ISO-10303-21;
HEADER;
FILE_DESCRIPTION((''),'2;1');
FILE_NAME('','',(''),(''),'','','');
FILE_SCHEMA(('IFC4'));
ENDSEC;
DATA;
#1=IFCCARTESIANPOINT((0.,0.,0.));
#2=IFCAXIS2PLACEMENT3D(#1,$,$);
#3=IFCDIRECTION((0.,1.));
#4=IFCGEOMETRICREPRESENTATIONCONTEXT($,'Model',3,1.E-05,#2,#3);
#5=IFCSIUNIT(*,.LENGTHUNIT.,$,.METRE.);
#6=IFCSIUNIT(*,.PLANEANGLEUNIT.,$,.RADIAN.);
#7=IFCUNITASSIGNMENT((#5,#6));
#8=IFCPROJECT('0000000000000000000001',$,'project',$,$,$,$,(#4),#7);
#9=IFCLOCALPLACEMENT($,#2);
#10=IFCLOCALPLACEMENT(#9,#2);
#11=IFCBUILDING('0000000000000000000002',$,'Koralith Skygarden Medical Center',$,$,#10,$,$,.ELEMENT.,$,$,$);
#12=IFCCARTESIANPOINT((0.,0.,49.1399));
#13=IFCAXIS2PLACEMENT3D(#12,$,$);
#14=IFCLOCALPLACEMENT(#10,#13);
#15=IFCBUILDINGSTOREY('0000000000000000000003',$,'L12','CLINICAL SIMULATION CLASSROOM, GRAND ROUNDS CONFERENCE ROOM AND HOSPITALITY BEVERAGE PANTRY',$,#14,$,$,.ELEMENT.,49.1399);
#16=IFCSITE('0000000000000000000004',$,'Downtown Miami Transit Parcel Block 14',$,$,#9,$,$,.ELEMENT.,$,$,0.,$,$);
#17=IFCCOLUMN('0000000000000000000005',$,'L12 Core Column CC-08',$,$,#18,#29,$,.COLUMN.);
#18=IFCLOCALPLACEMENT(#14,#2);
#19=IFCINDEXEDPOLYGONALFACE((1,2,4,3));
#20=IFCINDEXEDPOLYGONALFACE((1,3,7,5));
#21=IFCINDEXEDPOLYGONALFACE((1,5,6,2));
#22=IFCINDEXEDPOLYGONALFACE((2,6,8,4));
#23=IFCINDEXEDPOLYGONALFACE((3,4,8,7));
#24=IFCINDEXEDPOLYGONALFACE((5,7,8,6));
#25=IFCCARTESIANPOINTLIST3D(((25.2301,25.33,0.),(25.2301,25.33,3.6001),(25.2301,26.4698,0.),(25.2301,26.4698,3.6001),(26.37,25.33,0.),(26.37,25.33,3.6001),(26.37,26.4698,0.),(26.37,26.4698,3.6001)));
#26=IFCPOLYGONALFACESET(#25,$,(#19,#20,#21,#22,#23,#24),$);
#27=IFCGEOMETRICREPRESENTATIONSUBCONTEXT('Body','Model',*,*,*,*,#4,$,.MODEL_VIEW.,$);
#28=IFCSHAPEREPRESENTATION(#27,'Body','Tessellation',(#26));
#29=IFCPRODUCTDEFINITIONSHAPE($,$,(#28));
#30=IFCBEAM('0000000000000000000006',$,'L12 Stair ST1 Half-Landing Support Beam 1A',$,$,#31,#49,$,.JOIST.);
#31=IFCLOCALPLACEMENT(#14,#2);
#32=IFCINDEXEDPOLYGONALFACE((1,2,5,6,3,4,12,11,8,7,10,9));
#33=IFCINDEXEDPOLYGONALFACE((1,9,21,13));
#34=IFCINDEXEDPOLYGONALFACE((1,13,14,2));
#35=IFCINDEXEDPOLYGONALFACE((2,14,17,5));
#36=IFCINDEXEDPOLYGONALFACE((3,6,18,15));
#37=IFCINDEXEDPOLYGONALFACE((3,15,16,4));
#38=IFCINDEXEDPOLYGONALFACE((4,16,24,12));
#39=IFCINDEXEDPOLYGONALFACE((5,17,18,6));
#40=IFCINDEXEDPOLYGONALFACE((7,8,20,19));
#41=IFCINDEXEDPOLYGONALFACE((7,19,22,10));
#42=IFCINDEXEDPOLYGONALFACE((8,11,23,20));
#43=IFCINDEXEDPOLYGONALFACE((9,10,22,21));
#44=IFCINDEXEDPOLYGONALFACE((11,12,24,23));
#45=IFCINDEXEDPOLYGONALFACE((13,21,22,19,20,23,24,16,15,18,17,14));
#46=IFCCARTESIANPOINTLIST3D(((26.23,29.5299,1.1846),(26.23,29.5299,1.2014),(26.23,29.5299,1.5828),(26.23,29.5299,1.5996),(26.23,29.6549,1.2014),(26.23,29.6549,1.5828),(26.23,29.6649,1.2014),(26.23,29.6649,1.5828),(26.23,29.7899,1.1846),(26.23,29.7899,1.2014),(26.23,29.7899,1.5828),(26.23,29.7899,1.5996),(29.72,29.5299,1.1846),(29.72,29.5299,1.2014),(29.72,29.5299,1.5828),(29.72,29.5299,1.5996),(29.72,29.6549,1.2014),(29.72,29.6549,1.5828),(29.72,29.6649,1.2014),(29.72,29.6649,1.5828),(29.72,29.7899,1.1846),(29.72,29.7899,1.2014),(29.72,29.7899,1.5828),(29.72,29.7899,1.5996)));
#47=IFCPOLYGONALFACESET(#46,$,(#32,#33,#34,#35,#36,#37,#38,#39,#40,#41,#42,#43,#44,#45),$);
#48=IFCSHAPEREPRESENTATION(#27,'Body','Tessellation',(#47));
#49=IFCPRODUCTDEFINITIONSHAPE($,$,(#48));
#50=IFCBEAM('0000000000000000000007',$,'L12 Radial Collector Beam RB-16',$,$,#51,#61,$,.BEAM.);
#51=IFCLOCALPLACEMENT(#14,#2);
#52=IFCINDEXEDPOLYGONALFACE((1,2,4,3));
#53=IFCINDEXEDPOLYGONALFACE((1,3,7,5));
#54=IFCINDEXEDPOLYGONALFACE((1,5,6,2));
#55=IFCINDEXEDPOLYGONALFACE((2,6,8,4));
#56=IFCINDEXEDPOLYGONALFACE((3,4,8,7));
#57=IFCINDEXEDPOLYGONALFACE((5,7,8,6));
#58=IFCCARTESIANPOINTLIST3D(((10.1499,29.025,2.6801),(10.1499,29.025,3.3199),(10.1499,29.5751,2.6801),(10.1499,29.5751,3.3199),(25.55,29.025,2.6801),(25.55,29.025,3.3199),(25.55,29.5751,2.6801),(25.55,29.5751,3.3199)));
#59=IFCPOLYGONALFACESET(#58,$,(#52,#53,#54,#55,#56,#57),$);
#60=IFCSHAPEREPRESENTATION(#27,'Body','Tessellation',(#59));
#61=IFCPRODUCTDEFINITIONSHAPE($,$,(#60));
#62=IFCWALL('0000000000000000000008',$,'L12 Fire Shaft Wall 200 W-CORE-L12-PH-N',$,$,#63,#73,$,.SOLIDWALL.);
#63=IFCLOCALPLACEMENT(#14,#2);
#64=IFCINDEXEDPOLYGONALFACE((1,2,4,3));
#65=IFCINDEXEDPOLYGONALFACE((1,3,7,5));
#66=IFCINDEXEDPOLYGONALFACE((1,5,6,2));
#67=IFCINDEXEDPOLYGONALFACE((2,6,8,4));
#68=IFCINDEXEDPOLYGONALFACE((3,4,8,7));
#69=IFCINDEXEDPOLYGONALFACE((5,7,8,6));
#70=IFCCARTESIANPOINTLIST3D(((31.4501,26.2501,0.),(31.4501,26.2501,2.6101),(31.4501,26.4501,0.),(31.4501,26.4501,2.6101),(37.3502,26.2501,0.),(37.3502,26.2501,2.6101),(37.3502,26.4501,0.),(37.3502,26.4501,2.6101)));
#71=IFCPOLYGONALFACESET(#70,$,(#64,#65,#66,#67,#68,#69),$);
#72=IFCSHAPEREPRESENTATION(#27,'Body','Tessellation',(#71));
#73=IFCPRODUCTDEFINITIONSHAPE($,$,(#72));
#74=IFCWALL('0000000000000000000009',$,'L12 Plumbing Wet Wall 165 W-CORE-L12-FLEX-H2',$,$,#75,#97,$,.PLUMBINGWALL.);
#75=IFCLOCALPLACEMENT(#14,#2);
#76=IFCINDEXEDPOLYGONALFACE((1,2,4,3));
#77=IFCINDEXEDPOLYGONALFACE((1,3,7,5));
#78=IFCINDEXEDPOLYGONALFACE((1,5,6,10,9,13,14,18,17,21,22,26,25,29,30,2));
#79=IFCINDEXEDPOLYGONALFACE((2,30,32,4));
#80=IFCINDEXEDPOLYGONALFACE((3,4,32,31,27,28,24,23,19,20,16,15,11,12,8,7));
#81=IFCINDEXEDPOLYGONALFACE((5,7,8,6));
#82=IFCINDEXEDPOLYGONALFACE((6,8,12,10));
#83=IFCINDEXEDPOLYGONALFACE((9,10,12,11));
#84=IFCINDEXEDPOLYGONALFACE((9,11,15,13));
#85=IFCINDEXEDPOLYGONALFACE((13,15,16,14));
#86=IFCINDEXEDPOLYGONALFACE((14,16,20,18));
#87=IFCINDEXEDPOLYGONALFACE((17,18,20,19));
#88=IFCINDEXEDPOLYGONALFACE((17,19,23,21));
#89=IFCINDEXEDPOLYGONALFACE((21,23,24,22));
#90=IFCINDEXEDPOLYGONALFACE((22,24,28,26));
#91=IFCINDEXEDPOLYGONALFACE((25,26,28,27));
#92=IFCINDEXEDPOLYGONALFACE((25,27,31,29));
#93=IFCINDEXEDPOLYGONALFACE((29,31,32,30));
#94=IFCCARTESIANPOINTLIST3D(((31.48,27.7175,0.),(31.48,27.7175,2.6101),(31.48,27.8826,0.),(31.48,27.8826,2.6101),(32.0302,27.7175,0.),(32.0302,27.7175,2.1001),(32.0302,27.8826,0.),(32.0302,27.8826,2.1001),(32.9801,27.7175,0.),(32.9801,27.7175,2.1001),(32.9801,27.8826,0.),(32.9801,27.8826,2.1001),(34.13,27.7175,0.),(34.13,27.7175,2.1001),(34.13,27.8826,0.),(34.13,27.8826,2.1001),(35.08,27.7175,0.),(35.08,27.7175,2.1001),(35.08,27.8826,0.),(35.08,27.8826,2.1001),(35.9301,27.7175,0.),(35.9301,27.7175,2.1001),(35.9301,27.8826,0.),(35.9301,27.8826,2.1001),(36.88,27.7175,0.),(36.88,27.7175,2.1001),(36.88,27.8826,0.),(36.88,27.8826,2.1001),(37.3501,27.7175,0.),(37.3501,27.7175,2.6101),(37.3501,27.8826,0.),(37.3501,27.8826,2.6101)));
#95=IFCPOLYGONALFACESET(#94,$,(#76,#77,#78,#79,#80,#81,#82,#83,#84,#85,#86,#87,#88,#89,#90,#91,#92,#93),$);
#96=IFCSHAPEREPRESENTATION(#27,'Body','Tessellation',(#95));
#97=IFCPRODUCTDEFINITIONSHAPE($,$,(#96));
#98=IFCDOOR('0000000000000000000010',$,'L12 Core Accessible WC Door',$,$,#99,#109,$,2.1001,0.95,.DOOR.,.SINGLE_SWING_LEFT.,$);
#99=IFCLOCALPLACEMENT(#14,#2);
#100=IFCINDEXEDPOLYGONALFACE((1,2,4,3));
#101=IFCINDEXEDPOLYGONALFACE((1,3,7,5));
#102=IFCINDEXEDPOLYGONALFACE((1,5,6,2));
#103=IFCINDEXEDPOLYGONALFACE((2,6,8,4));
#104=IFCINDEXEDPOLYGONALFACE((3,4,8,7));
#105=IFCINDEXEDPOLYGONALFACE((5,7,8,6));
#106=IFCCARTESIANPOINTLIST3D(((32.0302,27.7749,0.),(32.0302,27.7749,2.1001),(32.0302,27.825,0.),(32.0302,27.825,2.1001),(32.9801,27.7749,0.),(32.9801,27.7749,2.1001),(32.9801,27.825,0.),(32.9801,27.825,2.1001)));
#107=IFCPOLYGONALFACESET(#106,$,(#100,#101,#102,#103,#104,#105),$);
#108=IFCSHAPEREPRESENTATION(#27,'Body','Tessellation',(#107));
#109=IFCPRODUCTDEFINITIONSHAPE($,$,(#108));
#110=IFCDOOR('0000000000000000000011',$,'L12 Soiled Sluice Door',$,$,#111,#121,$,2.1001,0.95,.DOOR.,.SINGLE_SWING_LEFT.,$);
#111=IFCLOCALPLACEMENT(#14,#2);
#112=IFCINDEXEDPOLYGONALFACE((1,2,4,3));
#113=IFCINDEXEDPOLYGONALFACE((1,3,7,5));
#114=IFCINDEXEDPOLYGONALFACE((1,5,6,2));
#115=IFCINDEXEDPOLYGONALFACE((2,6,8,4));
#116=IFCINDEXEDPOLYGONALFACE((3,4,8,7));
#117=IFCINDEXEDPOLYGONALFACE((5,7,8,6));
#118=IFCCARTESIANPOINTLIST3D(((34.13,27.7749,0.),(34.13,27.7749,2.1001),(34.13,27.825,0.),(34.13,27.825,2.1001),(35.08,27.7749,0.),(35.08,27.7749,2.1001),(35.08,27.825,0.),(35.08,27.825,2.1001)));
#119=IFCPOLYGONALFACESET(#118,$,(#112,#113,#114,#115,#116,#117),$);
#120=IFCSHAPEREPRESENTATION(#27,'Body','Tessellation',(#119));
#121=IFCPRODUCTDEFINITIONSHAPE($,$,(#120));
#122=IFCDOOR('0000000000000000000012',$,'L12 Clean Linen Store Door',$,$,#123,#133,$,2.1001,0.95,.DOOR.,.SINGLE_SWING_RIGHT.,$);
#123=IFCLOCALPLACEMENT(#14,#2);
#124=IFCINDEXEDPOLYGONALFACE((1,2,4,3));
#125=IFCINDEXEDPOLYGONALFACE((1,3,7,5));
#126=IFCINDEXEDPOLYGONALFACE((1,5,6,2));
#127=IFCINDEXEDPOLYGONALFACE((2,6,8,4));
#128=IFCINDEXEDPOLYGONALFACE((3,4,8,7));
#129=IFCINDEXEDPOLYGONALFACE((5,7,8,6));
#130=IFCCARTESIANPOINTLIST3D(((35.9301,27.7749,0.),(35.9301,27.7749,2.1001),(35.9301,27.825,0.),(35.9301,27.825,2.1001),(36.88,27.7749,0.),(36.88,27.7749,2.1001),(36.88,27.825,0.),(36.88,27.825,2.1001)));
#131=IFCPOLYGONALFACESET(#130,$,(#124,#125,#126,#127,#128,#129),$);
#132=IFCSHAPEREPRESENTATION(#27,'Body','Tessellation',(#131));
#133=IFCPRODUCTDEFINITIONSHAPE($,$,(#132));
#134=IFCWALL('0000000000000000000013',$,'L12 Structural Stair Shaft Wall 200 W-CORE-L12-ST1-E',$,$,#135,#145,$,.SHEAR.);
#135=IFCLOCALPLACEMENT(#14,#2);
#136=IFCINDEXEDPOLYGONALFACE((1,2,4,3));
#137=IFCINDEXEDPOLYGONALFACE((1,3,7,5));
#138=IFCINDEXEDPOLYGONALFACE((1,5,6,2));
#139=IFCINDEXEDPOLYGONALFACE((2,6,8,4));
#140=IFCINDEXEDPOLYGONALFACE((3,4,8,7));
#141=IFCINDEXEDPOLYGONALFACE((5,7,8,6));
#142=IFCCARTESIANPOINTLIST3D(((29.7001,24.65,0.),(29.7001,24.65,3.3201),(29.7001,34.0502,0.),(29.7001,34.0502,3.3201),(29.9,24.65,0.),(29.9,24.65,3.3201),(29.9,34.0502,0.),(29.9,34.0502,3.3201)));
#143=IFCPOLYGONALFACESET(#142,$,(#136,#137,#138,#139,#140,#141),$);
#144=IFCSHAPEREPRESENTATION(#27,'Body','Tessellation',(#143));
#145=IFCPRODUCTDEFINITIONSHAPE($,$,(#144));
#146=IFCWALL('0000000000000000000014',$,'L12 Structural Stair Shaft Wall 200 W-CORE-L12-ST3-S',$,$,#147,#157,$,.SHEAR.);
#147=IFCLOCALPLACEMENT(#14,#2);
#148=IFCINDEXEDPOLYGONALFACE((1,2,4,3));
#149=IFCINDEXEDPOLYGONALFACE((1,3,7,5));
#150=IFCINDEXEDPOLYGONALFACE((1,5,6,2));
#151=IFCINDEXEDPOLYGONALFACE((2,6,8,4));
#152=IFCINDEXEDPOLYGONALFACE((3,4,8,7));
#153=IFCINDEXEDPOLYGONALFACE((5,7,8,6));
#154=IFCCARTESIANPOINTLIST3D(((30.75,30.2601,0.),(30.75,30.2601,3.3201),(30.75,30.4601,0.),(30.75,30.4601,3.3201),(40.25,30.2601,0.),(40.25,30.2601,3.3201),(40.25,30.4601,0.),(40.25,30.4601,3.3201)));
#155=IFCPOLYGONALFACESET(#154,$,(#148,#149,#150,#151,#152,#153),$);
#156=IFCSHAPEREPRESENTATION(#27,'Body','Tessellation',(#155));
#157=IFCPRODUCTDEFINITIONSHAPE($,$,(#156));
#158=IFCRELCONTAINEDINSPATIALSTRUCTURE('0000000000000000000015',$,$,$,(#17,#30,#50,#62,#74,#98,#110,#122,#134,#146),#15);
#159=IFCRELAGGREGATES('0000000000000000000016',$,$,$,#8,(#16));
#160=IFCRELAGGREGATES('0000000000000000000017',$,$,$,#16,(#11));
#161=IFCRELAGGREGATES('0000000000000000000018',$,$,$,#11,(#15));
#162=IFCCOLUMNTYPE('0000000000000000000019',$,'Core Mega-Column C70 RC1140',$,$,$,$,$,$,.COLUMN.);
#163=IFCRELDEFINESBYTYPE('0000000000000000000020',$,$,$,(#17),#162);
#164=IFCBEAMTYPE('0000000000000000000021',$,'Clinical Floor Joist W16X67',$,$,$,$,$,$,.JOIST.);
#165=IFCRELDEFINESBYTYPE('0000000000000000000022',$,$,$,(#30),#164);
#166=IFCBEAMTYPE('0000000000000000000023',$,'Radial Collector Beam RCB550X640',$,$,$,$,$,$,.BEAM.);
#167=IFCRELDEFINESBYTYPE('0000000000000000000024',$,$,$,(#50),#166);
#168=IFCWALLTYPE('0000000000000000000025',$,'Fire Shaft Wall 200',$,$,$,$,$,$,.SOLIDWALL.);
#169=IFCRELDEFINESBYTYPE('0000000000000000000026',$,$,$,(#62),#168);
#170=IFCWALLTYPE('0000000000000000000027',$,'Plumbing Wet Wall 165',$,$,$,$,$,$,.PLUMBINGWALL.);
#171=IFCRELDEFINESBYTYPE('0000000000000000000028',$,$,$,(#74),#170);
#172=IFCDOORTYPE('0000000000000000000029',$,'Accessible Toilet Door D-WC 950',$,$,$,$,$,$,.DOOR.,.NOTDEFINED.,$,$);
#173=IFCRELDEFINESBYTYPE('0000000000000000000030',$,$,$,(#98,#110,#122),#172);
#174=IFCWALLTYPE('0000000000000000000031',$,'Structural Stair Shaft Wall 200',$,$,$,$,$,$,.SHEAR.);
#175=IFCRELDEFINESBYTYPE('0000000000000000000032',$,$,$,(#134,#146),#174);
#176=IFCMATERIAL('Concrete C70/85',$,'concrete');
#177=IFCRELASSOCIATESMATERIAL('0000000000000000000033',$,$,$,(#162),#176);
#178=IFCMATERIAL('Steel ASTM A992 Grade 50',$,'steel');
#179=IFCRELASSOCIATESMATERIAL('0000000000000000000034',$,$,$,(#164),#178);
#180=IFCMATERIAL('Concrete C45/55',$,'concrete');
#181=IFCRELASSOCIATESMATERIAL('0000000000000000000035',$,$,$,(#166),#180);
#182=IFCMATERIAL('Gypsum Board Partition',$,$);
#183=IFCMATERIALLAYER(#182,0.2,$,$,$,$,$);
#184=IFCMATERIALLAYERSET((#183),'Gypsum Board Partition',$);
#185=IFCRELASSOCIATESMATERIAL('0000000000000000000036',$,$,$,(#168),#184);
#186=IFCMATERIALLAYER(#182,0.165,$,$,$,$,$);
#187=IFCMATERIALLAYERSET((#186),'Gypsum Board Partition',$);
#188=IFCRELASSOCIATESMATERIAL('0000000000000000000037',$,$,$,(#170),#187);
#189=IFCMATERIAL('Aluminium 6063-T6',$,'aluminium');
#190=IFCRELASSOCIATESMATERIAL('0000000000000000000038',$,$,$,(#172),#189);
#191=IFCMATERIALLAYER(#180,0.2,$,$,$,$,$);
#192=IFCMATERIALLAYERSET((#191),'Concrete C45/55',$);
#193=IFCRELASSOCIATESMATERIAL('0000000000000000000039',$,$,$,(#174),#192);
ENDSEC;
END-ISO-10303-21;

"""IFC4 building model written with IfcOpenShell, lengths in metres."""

from ifc_helpers import new_model, si_unit, direction, frame, frame_2d, origin, origin_2d, place, context, subcontext, project, spatial, rectangle, i_section, extrude, material, layer, layer_set, material_profile, profile_set, type_object, element, fill, save


model = new_model("IFC4")

# Units and contexts
model_context = context("Model", 3, precision=1e-05, world=origin(), true_north=direction((0.0, 1.0)))
body_context = subcontext(model_context, "Body", "Model", "MODEL_VIEW")
ifc_project = project(units=[si_unit("LENGTHUNIT", "METRE"), si_unit("PLANEANGLEUNIT", "RADIAN")], contexts=[model_context])

# Site, building, storey
site_placement = place(None, origin())
site = spatial("IfcSite", under=ifc_project, at=site_placement, Name="Downtown Miami Transit Parcel Block 14", CompositionType="ELEMENT", RefElevation=0.0)
building_placement = place(site_placement, origin())
building = spatial("IfcBuilding", under=site, at=building_placement, Name="Koralith Skygarden Medical Center", CompositionType="ELEMENT")
storey_placement = place(building_placement, frame((0.0, 0.0, 49.1399)))
storey = spatial("IfcBuildingStorey", under=building, at=storey_placement, Name="L12", Description="CLINICAL SIMULATION CLASSROOM, GRAND ROUNDS CONFERENCE ROOM AND HOSPITALITY BEVERAGE PANTRY", CompositionType="ELEMENT", Elevation=49.1399)

# Column
ifc_material_1 = material(Name="Concrete C70/85", Category="concrete")
ifc_material_profile_1 = material_profile(ifc_material_1, rectangle(XDim=1.1399, YDim=1.1399, at=origin_2d()), Name="RC1140X1140")
ifc_profile_set_1 = profile_set([ifc_material_profile_1], Name="Concrete C70/85")
column_type = type_object("IfcColumnType", Name="Core Mega-Column C70 RC1140", PredefinedType="COLUMN", material=ifc_profile_set_1)
column_placement = place(storey_placement, frame((25.8, 25.8999, 0.0), z_axis=(0.0, 0.0, 1.0), x_axis=(1.0, 0.0, 0.0)))
element("IfcColumn", 1, at=column_placement, inside=storey, type_object=column_type, Name="L12 Core Column CC-08", PredefinedType="COLUMN", context=body_context, shape_type="SweptSolid", body=[
    extrude(rectangle(XDim=1.1399, YDim=1.1399, at=origin_2d()), origin(), (0.0, 0.0, 1.0), 3.6001),
])

# Beams
ifc_material_2 = material(Name="Steel ASTM A992 Grade 50", Category="steel")
ifc_material_profile_2 = material_profile(ifc_material_2, i_section(OverallWidth=0.26, OverallDepth=0.415, WebThickness=0.01, FlangeThickness=0.0168, at=origin_2d()), Name="W16X67")
ifc_profile_set_2 = profile_set([ifc_material_profile_2], Name="Steel ASTM A992 Grade 50")
beam_type_1 = type_object("IfcBeamType", Name="Clinical Floor Joist W16X67", PredefinedType="JOIST", material=ifc_profile_set_2)
beam_1_placement = place(storey_placement, frame((26.23, 29.6599, 1.3921), z_axis=(1.0, 0.0, 0.0), x_axis=(0.0, 1.0, 0.0)))
element("IfcBeam", 2, at=beam_1_placement, inside=storey, type_object=beam_type_1, Name="L12 Stair ST1 Half-Landing Support Beam 1A", PredefinedType="JOIST", context=body_context, shape_type="SweptSolid", body=[
    extrude(i_section(OverallWidth=0.26, OverallDepth=0.415, WebThickness=0.01, FlangeThickness=0.0168, at=origin_2d()), origin(), (0.0, 0.0, 1.0), 3.49),
])
ifc_material_3 = material(Name="Concrete C45/55", Category="concrete")
ifc_material_profile_3 = material_profile(ifc_material_3, rectangle(XDim=0.55, YDim=0.6399, at=origin_2d()), Name="RCB550X640")
ifc_profile_set_3 = profile_set([ifc_material_profile_3], Name="Concrete C45/55")
beam_type_2 = type_object("IfcBeamType", Name="Radial Collector Beam RCB550X640", PredefinedType="BEAM", material=ifc_profile_set_3)
beam_2_placement = place(storey_placement, frame((25.55, 29.3, 3.0), z_axis=(-1.0, 0.0, 0.0), x_axis=(0.0, -1.0, 0.0)))
element("IfcBeam", 3, at=beam_2_placement, inside=storey, type_object=beam_type_2, Name="L12 Radial Collector Beam RB-16", PredefinedType="BEAM", context=body_context, shape_type="SweptSolid", body=[
    extrude(rectangle(XDim=0.55, YDim=0.6399, at=origin_2d()), origin(), (0.0, 0.0, 1.0), 15.4001),
])

# Wall
ifc_material_4 = material(Name="Gypsum Board Partition")
ifc_layer_1 = layer(ifc_material_4, 0.2)
ifc_layer_set_1 = layer_set([ifc_layer_1], Name="Gypsum Board Partition")
wall_type_1 = type_object("IfcWallType", Name="Fire Shaft Wall 200", PredefinedType="SOLIDWALL", material=ifc_layer_set_1)
wall_1_placement = place(storey_placement, frame((31.45, 26.3501, 0.0), z_axis=(0.0, 0.0, 1.0), x_axis=(1.0, 0.0, 0.0)))
element("IfcWall", 4, at=wall_1_placement, inside=storey, type_object=wall_type_1, Name="L12 Fire Shaft Wall 200 W-CORE-L12-PH-N", PredefinedType="SOLIDWALL", context=body_context, shape_type="SweptSolid", body=[
    extrude(rectangle(XDim=5.9001, YDim=0.2, at=frame_2d((2.9502, 0.0))), origin(), (0.0, 0.0, 1.0), 2.6101),
])

# Shared definitions
ifc_layer_2 = layer(ifc_material_4, 0.165)
ifc_layer_set_2 = layer_set([ifc_layer_2], Name="Gypsum Board Partition")
wall_type_2 = type_object("IfcWallType", Name="Plumbing Wet Wall 165", PredefinedType="PLUMBINGWALL", material=ifc_layer_set_2)
ifc_material_5 = material(Name="Aluminium 6063-T6", Category="aluminium")

# Wall, openings, doors
wall_2_placement = place(storey_placement, frame((31.48, 27.8, 0.0), z_axis=(0.0, 0.0, 1.0), x_axis=(1.0, 0.0, 0.0)))
wall_2 = element("IfcWall", 5, at=wall_2_placement, inside=storey, type_object=wall_type_2, Name="L12 Plumbing Wet Wall 165 W-CORE-L12-FLEX-H2", PredefinedType="PLUMBINGWALL", context=body_context, shape_type="SweptSolid", body=[
    extrude(rectangle(XDim=5.8701, YDim=0.165, at=frame_2d((2.9351, 0.0))), origin(), (0.0, 0.0, 1.0), 2.6101),
])
opening_1_placement = place(wall_2_placement, frame((0.55, 0.0, 0.0)))
opening_1 = element("IfcOpeningElement", 6, at=opening_1_placement, cuts=wall_2, PredefinedType="OPENING", context=body_context, shape_type="SweptSolid", body=[
    extrude(rectangle(XDim=0.95, YDim=2.1001, at=frame_2d((0.4751, 1.05))), frame((0.0, 0.0925, 0.0), z_axis=(0.0, -1.0, 0.0), x_axis=(1.0, 0.0, 0.0)), (0.0, 0.0, 1.0), 0.1851),
])
opening_2_placement = place(wall_2_placement, frame((2.6499, 0.0, 0.0)))
opening_2 = element("IfcOpeningElement", 7, at=opening_2_placement, cuts=wall_2, PredefinedType="OPENING", context=body_context, shape_type="SweptSolid", body=[
    extrude(rectangle(XDim=0.95, YDim=2.1001, at=frame_2d((0.4751, 1.05))), frame((0.0, 0.0925, 0.0), z_axis=(0.0, -1.0, 0.0), x_axis=(1.0, 0.0, 0.0)), (0.0, 0.0, 1.0), 0.1851),
])
opening_3_placement = place(wall_2_placement, frame((4.45, 0.0, 0.0)))
opening_3 = element("IfcOpeningElement", 8, at=opening_3_placement, cuts=wall_2, PredefinedType="OPENING", context=body_context, shape_type="SweptSolid", body=[
    extrude(rectangle(XDim=0.95, YDim=2.1001, at=frame_2d((0.4751, 1.05))), frame((0.0, 0.0925, 0.0), z_axis=(0.0, -1.0, 0.0), x_axis=(1.0, 0.0, 0.0)), (0.0, 0.0, 1.0), 0.1851),
])
door_type_1 = type_object("IfcDoorType", Name="Accessible Toilet Door D-WC 950", OperationType="NOTDEFINED", PredefinedType="DOOR", material=ifc_material_5)
door_1_placement = place(opening_1_placement, origin())
door_1 = element("IfcDoor", 9, at=door_1_placement, inside=storey, type_object=door_type_1, Name="L12 Core Accessible WC Door", OperationType="SINGLE_SWING_LEFT", OverallHeight=2.1001, OverallWidth=0.95, PredefinedType="DOOR", context=body_context, shape_type="SweptSolid", body=[
    extrude(rectangle(XDim=0.95, YDim=2.1001, at=frame_2d((0.4751, 1.05))), frame((0.0, 0.0249, 0.0), z_axis=(0.0, -1.0, 0.0), x_axis=(1.0, 0.0, 0.0)), (0.0, 0.0, 1.0), 0.05),
])
fill(opening_1, door_1)
door_2_placement = place(opening_2_placement, origin())
door_2 = element("IfcDoor", 10, at=door_2_placement, inside=storey, type_object=door_type_1, Name="L12 Soiled Sluice Door", OperationType="SINGLE_SWING_LEFT", OverallHeight=2.1001, OverallWidth=0.95, PredefinedType="DOOR", context=body_context, shape_type="SweptSolid", body=[
    extrude(rectangle(XDim=0.95, YDim=2.1001, at=frame_2d((0.4751, 1.05))), frame((0.0, 0.0249, 0.0), z_axis=(0.0, -1.0, 0.0), x_axis=(1.0, 0.0, 0.0)), (0.0, 0.0, 1.0), 0.05),
])
fill(opening_2, door_2)
door_3_placement = place(opening_3_placement, origin())
door_3 = element("IfcDoor", 11, at=door_3_placement, inside=storey, type_object=door_type_1, Name="L12 Clean Linen Store Door", OperationType="SINGLE_SWING_RIGHT", OverallHeight=2.1001, OverallWidth=0.95, PredefinedType="DOOR", context=body_context, shape_type="SweptSolid", body=[
    extrude(rectangle(XDim=0.95, YDim=2.1001, at=frame_2d((0.4751, 1.05))), frame((0.0, 0.0249, 0.0), z_axis=(0.0, -1.0, 0.0), x_axis=(1.0, 0.0, 0.0)), (0.0, 0.0, 1.0), 0.05),
])
fill(opening_3, door_3)

# Wall
ifc_layer_3 = layer(ifc_material_3, 0.2)
ifc_layer_set_3 = layer_set([ifc_layer_3], Name="Concrete C45/55")
wall_type_3 = type_object("IfcWallType", Name="Structural Stair Shaft Wall 200", PredefinedType="SHEAR", material=ifc_layer_set_3)
wall_3_placement = place(storey_placement, frame((29.8, 24.6499, 0.0), z_axis=(0.0, 0.0, 1.0), x_axis=(0.0, 1.0, 0.0)))
element("IfcWall", 12, at=wall_3_placement, inside=storey, type_object=wall_type_3, Name="L12 Structural Stair Shaft Wall 200 W-CORE-L12-ST1-E", PredefinedType="SHEAR", context=body_context, shape_type="SweptSolid", body=[
    extrude(rectangle(XDim=9.4001, YDim=0.2, at=frame_2d((4.7002, 0.0))), origin(), (0.0, 0.0, 1.0), 3.3201),
])

# Wall
wall_4_placement = place(storey_placement, frame((30.75, 30.3601, 0.0), z_axis=(0.0, 0.0, 1.0), x_axis=(1.0, 0.0, 0.0)))
element("IfcWall", 13, at=wall_4_placement, inside=storey, type_object=wall_type_3, Name="L12 Structural Stair Shaft Wall 200 W-CORE-L12-ST3-S", PredefinedType="SHEAR", context=body_context, shape_type="SweptSolid", body=[
    extrude(rectangle(XDim=9.5, YDim=0.2, at=frame_2d((4.75, 0.0))), origin(), (0.0, 0.0, 1.0), 3.3201),
])

save(model, "model.ifc")
